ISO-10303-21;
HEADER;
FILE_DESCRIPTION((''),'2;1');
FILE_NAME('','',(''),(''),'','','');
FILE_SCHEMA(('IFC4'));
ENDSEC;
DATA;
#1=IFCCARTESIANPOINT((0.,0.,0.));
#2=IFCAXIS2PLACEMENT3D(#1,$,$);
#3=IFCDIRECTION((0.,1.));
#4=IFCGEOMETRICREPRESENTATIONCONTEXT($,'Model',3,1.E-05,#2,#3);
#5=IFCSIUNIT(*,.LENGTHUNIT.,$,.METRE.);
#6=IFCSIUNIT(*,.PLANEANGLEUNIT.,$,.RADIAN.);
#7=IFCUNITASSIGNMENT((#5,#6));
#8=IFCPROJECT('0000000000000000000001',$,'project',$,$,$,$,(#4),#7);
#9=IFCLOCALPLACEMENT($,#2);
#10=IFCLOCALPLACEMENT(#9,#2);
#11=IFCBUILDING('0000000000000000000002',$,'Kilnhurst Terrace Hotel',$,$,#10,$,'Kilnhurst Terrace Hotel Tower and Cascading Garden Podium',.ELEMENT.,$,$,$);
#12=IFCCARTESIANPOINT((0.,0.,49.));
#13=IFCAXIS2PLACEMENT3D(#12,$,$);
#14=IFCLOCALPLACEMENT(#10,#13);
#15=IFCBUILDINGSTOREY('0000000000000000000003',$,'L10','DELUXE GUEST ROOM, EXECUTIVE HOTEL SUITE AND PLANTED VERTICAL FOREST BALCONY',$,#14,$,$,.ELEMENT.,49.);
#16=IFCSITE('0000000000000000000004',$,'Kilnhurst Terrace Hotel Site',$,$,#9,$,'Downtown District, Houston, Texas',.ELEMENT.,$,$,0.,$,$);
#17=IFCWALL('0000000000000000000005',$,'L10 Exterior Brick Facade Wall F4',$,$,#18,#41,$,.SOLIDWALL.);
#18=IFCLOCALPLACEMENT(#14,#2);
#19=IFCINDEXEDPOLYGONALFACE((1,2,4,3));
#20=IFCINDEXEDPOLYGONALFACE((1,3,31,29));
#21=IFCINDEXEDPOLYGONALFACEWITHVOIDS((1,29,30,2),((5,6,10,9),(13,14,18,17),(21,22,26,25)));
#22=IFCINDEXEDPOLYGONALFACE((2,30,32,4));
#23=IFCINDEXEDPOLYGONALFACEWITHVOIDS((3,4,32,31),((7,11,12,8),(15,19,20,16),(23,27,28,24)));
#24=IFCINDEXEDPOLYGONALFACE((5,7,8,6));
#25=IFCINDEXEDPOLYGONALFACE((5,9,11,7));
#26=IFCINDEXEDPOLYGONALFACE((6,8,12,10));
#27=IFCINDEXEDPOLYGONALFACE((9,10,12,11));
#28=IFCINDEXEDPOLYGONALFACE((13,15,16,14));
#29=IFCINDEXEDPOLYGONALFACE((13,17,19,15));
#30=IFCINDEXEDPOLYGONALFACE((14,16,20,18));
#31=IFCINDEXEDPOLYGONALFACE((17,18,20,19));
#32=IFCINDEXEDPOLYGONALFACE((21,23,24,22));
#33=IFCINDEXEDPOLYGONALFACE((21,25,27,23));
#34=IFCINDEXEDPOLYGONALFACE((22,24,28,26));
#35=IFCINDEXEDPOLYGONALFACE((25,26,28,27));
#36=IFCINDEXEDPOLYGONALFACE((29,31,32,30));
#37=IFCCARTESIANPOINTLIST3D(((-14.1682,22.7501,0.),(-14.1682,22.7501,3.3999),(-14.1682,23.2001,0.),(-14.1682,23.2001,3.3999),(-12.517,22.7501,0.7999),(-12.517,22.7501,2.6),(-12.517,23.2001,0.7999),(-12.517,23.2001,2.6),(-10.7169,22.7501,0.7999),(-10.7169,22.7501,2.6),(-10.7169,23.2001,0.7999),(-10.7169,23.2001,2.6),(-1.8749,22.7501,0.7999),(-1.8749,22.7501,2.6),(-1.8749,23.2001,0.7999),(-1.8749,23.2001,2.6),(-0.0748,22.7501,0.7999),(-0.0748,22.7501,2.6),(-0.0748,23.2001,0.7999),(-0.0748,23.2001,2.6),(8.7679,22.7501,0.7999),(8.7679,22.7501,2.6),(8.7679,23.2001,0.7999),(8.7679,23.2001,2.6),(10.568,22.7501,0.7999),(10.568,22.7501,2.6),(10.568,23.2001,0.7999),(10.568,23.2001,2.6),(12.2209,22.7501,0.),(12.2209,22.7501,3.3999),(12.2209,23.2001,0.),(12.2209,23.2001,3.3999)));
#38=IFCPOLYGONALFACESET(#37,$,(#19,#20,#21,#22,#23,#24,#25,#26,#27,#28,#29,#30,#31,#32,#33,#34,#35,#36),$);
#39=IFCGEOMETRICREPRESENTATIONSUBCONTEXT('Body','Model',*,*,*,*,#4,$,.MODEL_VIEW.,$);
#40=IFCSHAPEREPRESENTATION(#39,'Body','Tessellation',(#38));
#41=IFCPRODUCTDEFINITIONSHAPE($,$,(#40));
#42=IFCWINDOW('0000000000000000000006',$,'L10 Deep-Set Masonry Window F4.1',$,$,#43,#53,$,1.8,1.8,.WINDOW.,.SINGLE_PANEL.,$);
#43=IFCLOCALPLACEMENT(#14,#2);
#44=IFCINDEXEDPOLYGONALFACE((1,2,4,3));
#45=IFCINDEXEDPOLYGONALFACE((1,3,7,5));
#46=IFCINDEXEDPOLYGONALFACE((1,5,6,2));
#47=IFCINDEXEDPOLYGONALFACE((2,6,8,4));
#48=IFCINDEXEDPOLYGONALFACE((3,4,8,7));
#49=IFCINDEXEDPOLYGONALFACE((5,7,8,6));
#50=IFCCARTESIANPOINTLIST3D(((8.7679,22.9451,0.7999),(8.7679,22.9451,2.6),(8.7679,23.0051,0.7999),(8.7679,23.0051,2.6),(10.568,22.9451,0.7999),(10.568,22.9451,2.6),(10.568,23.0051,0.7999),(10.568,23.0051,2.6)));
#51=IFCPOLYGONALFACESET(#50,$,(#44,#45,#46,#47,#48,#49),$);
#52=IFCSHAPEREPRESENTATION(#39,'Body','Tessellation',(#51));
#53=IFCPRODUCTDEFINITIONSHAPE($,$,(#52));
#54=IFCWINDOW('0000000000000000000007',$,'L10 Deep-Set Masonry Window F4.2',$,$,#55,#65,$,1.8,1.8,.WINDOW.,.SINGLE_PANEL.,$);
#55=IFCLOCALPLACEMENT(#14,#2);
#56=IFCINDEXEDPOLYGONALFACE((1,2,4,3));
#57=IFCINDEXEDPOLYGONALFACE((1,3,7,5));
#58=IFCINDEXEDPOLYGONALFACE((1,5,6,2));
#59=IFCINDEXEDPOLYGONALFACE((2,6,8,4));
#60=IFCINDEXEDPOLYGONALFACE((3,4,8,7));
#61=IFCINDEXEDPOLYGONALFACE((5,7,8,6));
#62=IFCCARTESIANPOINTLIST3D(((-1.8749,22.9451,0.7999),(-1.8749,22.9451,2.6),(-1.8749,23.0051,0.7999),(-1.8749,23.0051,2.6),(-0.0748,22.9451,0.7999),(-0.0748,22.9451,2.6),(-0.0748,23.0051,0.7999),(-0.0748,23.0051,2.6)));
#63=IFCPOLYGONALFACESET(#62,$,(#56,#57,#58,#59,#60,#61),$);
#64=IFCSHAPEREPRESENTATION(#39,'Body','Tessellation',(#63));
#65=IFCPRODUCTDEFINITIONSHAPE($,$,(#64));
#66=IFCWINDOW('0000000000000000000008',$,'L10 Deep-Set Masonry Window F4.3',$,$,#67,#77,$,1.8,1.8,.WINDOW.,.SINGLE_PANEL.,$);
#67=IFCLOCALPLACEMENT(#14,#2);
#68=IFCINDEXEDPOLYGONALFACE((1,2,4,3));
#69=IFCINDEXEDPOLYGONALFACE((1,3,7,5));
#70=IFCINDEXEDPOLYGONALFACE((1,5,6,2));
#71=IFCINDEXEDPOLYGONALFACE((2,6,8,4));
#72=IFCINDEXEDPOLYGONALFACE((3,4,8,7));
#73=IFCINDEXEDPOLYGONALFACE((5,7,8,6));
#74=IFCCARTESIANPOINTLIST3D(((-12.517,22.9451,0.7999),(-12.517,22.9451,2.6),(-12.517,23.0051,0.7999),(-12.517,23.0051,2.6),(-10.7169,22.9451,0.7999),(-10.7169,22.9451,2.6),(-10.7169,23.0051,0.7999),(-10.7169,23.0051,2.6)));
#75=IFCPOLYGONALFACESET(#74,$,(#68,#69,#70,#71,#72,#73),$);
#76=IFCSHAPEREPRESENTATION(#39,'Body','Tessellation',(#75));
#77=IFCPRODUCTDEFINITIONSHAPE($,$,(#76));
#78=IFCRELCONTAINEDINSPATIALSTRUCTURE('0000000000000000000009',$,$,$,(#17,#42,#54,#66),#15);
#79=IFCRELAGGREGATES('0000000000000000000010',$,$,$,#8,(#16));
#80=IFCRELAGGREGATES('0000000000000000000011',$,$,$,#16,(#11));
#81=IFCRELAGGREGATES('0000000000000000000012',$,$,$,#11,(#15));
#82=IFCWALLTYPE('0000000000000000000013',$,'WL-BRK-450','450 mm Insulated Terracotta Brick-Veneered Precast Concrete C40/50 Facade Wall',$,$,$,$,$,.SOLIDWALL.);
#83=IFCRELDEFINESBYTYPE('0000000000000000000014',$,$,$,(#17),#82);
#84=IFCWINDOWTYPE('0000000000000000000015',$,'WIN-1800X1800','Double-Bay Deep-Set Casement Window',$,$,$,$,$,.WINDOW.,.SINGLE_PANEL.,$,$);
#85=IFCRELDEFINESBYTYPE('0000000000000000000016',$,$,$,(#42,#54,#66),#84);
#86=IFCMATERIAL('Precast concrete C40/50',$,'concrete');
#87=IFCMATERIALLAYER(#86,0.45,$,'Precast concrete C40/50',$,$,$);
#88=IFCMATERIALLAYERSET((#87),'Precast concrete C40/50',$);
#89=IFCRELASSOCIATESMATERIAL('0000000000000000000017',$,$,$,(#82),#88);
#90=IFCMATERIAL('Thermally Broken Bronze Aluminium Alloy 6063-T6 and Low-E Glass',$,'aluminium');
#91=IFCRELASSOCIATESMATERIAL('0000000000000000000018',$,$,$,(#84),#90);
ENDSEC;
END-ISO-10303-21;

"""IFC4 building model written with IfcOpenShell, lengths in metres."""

from ifc_helpers import new_model, si_unit, direction, frame, frame_2d, origin, place, context, subcontext, project, spatial, rectangle, extrude, material, layer, layer_set, type_object, element, fill, save


model = new_model("IFC4")

# Units and contexts
model_context = context("Model", 3, precision=1e-05, world=origin(), true_north=direction((0.0, 1.0)))
body_context = subcontext(model_context, "Body", "Model", "MODEL_VIEW")
ifc_project = project(units=[si_unit("LENGTHUNIT", "METRE"), si_unit("PLANEANGLEUNIT", "RADIAN")], contexts=[model_context])

# Site, building, storey
site_placement = place(None, origin())
site = spatial("IfcSite", under=ifc_project, at=site_placement, Name="Kilnhurst Terrace Hotel Site", LongName="Downtown District, Houston, Texas", CompositionType="ELEMENT", RefElevation=0.0)
building_placement = place(site_placement, origin())
building = spatial("IfcBuilding", under=site, at=building_placement, Name="Kilnhurst Terrace Hotel", LongName="Kilnhurst Terrace Hotel Tower and Cascading Garden Podium", CompositionType="ELEMENT")
storey_placement = place(building_placement, frame((0.0, 0.0, 49.0)))
storey = spatial("IfcBuildingStorey", under=building, at=storey_placement, Name="L10", Description="DELUXE GUEST ROOM, EXECUTIVE HOTEL SUITE AND PLANTED VERTICAL FOREST BALCONY", CompositionType="ELEMENT", Elevation=49.0)

# Shared definitions
ifc_material_1 = material(Name="Precast concrete C40/50", Category="concrete")
ifc_layer_1 = layer(ifc_material_1, 0.45, Name="Precast concrete C40/50")
ifc_layer_set_1 = layer_set([ifc_layer_1], Name="Precast concrete C40/50")
wall_type_1 = type_object("IfcWallType", Name="WL-BRK-450", Description="450 mm Insulated Terracotta Brick-Veneered Precast Concrete C40/50 Facade Wall", PredefinedType="SOLIDWALL", material=ifc_layer_set_1)

# Wall, openings, windows
wall_1_placement = place(storey_placement, frame((12.2209, 22.9751, 0.0), z_axis=(0.0, 0.0, 1.0), x_axis=(-1.0, 0.0, 0.0)))
wall_1 = element("IfcWall", 1, at=wall_1_placement, inside=storey, type_object=wall_type_1, Name="L10 Exterior Brick Facade Wall F4", PredefinedType="SOLIDWALL", context=body_context, shape_type="SweptSolid", body=[
    extrude(rectangle(XDim=26.3892, YDim=0.45, at=frame_2d((13.1946, 0.0))), origin(), (0.0, 0.0, 1.0), 3.3999),
])
opening_1_placement = place(wall_1_placement, frame((1.6531, 0.0, 0.8)))
opening_1 = element("IfcOpeningElement", 2, at=opening_1_placement, cuts=wall_1, PredefinedType="OPENING", context=body_context, shape_type="SweptSolid", body=[
    extrude(rectangle(XDim=1.8, YDim=1.8, at=frame_2d((0.8999, 0.8999))), frame((0.0, 0.2349, 0.0), z_axis=(0.0, -1.0, 0.0), x_axis=(1.0, 0.0, 0.0)), (0.0, 0.0, 1.0), 0.47),
])
opening_2_placement = place(wall_1_placement, frame((12.2959, 0.0, 0.8)))
opening_2 = element("IfcOpeningElement", 3, at=opening_2_placement, cuts=wall_1, PredefinedType="OPENING", context=body_context, shape_type="SweptSolid", body=[
    extrude(rectangle(XDim=1.8, YDim=1.8, at=frame_2d((0.8999, 0.8999))), frame((0.0, 0.2349, 0.0), z_axis=(0.0, -1.0, 0.0), x_axis=(1.0, 0.0, 0.0)), (0.0, 0.0, 1.0), 0.47),
])
opening_3_placement = place(wall_1_placement, frame((22.938, 0.0, 0.8)))
opening_3 = element("IfcOpeningElement", 4, at=opening_3_placement, cuts=wall_1, PredefinedType="OPENING", context=body_context, shape_type="SweptSolid", body=[
    extrude(rectangle(XDim=1.8, YDim=1.8, at=frame_2d((0.8999, 0.8999))), frame((0.0, 0.2349, 0.0), z_axis=(0.0, -1.0, 0.0), x_axis=(1.0, 0.0, 0.0)), (0.0, 0.0, 1.0), 0.47),
])
ifc_material_2 = material(Name="Thermally Broken Bronze Aluminium Alloy 6063-T6 and Low-E Glass", Category="aluminium")
window_type = type_object("IfcWindowType", Name="WIN-1800X1800", Description="Double-Bay Deep-Set Casement Window", PartitioningType="SINGLE_PANEL", PredefinedType="WINDOW", material=ifc_material_2)
window_1_placement = place(opening_1_placement, origin())
window_1 = element("IfcWindow", 5, at=window_1_placement, inside=storey, type_object=window_type, Name="L10 Deep-Set Masonry Window F4.1", OverallHeight=1.8, OverallWidth=1.8, PartitioningType="SINGLE_PANEL", PredefinedType="WINDOW", context=body_context, shape_type="SweptSolid", body=[
    extrude(rectangle(XDim=1.8, YDim=1.8, at=frame_2d((0.8999, 0.8999))), frame((0.0, 0.03, 0.0), z_axis=(0.0, -1.0, 0.0), x_axis=(1.0, 0.0, 0.0)), (0.0, 0.0, 1.0), 0.0601),
])
fill(opening_1, window_1)
window_2_placement = place(opening_2_placement, origin())
window_2 = element("IfcWindow", 6, at=window_2_placement, inside=storey, type_object=window_type, Name="L10 Deep-Set Masonry Window F4.2", OverallHeight=1.8, OverallWidth=1.8, PartitioningType="SINGLE_PANEL", PredefinedType="WINDOW", context=body_context, shape_type="SweptSolid", body=[
    extrude(rectangle(XDim=1.8, YDim=1.8, at=frame_2d((0.8999, 0.8999))), frame((0.0, 0.03, 0.0), z_axis=(0.0, -1.0, 0.0), x_axis=(1.0, 0.0, 0.0)), (0.0, 0.0, 1.0), 0.0601),
])
fill(opening_2, window_2)
window_3_placement = place(opening_3_placement, origin())
window_3 = element("IfcWindow", 7, at=window_3_placement, inside=storey, type_object=window_type, Name="L10 Deep-Set Masonry Window F4.3", OverallHeight=1.8, OverallWidth=1.8, PartitioningType="SINGLE_PANEL", PredefinedType="WINDOW", context=body_context, shape_type="SweptSolid", body=[
    extrude(rectangle(XDim=1.8, YDim=1.8, at=frame_2d((0.8999, 0.8999))), frame((0.0, 0.03, 0.0), z_axis=(0.0, -1.0, 0.0), x_axis=(1.0, 0.0, 0.0)), (0.0, 0.0, 1.0), 0.0601),
])
fill(opening_3, window_3)

save(model, "model.ifc")
